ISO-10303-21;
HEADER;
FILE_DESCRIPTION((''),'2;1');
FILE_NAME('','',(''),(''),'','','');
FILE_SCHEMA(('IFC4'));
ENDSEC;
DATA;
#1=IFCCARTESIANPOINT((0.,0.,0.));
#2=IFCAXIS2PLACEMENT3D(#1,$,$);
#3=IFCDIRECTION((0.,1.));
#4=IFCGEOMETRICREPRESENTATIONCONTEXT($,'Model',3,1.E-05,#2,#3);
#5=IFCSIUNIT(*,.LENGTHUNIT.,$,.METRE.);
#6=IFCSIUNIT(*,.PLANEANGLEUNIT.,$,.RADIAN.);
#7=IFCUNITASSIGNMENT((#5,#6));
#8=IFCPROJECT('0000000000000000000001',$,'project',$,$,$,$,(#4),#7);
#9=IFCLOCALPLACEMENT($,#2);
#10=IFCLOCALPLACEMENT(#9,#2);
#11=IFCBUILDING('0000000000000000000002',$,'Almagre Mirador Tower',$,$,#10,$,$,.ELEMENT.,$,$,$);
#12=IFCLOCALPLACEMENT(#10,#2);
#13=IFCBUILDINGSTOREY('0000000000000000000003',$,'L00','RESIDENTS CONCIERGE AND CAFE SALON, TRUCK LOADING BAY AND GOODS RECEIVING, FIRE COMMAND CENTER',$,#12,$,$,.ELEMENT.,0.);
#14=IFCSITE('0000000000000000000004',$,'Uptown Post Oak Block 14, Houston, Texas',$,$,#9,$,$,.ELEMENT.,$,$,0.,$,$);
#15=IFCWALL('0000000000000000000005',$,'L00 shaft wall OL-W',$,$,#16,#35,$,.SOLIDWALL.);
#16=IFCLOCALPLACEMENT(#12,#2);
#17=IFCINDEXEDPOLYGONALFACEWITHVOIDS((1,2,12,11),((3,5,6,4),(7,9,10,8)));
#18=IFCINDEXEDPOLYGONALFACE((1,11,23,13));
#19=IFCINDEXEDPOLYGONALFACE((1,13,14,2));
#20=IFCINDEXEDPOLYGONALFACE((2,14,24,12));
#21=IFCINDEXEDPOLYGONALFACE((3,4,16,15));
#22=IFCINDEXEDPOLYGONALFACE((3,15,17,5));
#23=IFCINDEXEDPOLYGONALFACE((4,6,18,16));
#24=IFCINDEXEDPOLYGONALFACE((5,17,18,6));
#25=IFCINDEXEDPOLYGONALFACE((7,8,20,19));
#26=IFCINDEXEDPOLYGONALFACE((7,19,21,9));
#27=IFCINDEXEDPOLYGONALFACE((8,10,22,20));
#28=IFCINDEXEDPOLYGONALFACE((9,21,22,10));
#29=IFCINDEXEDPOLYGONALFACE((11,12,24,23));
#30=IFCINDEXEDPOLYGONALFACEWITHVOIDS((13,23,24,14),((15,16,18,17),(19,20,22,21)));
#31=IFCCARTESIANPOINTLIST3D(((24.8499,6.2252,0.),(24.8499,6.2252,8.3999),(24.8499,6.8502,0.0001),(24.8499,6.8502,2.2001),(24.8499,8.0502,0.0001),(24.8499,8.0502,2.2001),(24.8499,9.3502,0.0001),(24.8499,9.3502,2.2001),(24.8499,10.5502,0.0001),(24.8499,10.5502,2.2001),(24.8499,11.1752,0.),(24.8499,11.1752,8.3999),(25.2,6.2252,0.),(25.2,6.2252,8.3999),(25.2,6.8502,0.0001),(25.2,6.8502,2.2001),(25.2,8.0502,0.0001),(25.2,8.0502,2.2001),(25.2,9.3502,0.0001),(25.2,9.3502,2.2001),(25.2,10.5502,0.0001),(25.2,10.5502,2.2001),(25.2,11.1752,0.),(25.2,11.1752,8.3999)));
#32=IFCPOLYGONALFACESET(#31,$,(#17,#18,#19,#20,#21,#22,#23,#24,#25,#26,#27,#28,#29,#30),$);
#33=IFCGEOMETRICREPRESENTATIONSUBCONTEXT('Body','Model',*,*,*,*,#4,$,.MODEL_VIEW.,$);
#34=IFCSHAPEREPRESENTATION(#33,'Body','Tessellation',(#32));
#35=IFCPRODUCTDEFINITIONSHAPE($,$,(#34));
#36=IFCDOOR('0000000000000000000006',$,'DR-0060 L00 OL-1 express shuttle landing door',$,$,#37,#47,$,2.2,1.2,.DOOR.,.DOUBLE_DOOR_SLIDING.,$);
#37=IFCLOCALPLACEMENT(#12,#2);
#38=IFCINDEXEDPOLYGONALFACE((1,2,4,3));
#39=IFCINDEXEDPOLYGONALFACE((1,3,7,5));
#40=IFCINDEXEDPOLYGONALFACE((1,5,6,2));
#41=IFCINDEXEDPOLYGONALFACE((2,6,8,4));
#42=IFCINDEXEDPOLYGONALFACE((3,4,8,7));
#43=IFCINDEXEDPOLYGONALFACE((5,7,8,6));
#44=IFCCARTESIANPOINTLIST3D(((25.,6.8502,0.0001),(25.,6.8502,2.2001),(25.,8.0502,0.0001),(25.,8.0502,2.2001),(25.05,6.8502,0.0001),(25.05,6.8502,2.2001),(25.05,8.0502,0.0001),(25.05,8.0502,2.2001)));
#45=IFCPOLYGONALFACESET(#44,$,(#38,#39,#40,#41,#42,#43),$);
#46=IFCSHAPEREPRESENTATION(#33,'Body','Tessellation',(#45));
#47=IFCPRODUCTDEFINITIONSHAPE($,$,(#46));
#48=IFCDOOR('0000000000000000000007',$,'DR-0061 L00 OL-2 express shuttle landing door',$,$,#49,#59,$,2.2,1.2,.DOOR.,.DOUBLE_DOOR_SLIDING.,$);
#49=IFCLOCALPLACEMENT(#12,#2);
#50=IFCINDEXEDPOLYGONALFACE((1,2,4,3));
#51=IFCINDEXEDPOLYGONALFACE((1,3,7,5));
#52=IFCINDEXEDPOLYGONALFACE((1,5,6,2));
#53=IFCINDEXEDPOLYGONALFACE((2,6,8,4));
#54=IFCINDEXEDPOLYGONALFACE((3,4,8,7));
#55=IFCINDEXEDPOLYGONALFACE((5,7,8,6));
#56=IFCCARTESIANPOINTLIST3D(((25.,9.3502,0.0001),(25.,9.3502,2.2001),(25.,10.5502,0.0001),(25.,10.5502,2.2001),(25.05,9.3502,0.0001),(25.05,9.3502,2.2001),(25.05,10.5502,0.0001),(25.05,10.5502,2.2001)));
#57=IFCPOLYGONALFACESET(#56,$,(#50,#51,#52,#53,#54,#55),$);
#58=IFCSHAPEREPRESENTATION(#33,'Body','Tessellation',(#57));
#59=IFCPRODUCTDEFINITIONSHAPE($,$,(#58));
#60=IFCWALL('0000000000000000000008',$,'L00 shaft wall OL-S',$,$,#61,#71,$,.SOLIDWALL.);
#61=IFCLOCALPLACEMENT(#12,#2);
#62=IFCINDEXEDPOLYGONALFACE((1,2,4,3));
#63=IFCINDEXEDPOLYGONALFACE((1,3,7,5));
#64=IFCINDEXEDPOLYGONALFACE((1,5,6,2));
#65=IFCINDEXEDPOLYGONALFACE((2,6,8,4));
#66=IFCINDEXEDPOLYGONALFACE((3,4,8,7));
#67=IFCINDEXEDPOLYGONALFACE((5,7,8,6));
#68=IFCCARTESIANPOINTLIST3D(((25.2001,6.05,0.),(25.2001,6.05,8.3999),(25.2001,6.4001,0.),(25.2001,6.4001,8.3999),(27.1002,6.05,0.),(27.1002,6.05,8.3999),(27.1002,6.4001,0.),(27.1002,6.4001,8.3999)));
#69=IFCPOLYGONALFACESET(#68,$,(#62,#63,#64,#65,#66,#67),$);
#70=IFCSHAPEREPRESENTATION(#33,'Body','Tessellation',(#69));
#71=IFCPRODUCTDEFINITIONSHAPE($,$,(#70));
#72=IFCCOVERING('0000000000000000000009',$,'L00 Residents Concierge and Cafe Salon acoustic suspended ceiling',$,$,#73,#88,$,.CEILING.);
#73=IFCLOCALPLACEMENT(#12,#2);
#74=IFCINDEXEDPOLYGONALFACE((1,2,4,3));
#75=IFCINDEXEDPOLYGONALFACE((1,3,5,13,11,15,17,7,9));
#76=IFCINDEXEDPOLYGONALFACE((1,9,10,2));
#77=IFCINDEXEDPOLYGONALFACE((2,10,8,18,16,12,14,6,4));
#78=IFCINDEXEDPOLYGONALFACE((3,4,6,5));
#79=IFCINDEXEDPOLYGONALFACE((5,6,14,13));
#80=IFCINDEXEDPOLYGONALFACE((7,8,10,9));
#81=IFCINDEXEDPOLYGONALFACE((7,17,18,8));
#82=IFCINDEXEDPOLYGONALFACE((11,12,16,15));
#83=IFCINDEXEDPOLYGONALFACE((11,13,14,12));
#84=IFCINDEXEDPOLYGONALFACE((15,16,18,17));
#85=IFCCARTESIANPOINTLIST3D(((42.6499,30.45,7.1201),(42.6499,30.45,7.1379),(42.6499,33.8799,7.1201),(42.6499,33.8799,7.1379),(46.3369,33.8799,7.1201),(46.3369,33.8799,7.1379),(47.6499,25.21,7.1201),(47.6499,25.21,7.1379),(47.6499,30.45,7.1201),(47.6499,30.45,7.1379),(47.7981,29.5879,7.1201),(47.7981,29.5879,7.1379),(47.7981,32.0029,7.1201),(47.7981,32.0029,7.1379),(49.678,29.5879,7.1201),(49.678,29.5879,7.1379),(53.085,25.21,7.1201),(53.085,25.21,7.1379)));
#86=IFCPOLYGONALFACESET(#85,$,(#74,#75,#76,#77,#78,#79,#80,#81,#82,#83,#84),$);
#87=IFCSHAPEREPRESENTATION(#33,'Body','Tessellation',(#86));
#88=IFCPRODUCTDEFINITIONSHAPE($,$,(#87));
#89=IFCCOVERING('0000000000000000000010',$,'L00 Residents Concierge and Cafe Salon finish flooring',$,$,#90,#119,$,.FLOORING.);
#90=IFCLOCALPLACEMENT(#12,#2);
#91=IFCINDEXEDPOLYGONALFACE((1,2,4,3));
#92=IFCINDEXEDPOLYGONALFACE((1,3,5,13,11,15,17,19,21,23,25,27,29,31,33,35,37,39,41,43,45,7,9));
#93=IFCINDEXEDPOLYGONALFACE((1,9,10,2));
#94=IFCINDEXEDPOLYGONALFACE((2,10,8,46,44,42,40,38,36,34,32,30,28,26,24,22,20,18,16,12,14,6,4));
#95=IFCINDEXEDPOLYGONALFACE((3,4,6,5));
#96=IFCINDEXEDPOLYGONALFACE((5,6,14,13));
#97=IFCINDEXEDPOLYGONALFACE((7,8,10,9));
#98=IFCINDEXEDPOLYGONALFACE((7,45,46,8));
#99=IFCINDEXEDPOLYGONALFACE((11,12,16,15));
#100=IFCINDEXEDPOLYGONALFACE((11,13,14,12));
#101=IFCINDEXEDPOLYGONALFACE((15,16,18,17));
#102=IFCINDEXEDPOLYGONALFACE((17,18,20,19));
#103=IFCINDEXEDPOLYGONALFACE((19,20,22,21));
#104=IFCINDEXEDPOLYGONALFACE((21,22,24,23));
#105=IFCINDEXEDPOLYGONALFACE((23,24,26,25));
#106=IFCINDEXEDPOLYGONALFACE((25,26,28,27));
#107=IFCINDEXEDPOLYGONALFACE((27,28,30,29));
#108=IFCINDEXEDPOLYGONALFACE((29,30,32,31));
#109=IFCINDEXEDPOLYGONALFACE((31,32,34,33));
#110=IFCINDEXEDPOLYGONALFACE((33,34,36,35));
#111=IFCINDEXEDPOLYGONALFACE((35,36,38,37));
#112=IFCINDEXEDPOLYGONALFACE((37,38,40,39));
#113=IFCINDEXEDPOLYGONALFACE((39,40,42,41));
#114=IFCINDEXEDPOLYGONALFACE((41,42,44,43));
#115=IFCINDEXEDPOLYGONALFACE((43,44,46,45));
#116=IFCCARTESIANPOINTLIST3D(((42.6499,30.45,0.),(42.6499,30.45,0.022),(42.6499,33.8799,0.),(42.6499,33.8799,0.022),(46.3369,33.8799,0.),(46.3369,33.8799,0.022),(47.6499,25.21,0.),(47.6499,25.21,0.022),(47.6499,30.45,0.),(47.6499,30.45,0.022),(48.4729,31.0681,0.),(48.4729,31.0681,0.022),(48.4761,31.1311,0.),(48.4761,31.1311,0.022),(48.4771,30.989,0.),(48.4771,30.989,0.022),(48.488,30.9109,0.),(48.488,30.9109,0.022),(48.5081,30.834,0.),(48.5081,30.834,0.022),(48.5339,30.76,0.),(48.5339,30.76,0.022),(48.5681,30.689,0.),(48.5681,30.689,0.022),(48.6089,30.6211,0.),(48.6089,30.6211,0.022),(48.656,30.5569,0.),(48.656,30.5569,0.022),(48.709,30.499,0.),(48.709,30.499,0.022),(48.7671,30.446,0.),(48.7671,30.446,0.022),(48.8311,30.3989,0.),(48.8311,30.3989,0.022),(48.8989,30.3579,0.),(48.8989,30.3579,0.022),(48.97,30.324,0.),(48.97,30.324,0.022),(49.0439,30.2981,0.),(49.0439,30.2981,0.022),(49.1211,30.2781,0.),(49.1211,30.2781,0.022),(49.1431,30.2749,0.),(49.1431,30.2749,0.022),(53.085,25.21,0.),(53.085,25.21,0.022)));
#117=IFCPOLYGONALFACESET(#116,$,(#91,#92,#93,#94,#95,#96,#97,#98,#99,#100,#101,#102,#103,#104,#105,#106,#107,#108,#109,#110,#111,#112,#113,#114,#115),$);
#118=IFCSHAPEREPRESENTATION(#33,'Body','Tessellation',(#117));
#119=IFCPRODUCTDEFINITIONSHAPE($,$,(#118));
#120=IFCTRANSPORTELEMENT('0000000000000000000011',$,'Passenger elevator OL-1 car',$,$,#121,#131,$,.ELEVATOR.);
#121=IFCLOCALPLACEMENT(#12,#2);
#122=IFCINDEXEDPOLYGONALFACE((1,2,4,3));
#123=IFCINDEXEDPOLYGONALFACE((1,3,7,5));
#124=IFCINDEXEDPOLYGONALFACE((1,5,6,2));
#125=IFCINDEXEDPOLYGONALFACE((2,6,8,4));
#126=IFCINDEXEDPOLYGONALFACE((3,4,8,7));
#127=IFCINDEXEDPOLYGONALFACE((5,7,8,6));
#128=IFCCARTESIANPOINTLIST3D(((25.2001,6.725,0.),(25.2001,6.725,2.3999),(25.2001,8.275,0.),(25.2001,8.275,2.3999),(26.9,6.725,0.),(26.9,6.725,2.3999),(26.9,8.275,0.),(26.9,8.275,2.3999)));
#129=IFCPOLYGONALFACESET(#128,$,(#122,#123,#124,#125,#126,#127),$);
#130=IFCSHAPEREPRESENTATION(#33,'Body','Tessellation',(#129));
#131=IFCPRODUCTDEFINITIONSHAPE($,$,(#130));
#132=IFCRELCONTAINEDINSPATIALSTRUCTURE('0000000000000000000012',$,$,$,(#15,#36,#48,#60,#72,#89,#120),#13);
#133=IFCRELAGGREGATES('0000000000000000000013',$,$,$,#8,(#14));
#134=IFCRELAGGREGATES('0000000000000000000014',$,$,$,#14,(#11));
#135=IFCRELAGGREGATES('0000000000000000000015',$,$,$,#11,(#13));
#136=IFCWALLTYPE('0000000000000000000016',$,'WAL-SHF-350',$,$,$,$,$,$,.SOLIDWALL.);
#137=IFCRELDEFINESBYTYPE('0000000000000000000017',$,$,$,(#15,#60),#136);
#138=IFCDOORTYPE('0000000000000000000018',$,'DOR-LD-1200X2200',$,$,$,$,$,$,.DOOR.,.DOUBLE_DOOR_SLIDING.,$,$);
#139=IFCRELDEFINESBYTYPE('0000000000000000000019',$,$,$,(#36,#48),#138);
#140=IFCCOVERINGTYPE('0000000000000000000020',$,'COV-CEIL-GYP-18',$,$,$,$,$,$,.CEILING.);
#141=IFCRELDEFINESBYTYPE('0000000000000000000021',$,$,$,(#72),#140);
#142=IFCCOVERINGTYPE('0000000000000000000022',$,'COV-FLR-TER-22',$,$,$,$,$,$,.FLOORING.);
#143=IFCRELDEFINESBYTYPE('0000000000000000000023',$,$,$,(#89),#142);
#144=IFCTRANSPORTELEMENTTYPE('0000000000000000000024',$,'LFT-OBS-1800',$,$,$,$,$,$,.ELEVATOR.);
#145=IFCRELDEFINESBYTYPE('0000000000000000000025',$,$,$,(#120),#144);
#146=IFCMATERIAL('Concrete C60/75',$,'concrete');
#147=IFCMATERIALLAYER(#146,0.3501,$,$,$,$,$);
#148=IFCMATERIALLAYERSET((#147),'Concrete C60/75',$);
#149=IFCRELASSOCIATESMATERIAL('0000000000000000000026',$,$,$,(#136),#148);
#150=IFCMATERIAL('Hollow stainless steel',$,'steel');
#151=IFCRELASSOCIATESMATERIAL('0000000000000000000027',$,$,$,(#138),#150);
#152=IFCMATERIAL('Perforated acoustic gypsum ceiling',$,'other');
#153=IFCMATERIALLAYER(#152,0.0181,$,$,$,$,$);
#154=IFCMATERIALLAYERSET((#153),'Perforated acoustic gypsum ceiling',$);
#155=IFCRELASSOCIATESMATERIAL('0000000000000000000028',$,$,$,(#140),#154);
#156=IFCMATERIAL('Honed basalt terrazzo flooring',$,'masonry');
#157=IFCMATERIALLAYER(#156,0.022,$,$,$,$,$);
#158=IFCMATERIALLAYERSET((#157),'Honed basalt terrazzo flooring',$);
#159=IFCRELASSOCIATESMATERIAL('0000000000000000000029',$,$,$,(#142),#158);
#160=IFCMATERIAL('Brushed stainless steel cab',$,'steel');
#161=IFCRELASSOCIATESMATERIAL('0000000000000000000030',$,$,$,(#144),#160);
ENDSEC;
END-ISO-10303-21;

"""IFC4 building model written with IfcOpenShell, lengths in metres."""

from ifc_helpers import new_model, si_unit, direction, frame, frame_2d, origin, origin_2d, place, context, subcontext, project, spatial, polyline, rectangle, outline, extrude, material, layer, layer_set, type_object, element, fill, save


model = new_model("IFC4")

# Units and contexts
model_context = context("Model", 3, precision=1e-05, world=origin(), true_north=direction((0.0, 1.0)))
body_context = subcontext(model_context, "Body", "Model", "MODEL_VIEW")
ifc_project = project(units=[si_unit("LENGTHUNIT", "METRE"), si_unit("PLANEANGLEUNIT", "RADIAN")], contexts=[model_context])

# Site, building, storey
site_placement = place(None, origin())
site = spatial("IfcSite", under=ifc_project, at=site_placement, Name="Uptown Post Oak Block 14, Houston, Texas", CompositionType="ELEMENT", RefElevation=0.0)
building_placement = place(site_placement, origin())
building = spatial("IfcBuilding", under=site, at=building_placement, Name="Almagre Mirador Tower", CompositionType="ELEMENT")
storey_placement = place(building_placement, origin())
storey = spatial("IfcBuildingStorey", under=building, at=storey_placement, Name="L00", Description="RESIDENTS CONCIERGE AND CAFE SALON, TRUCK LOADING BAY AND GOODS RECEIVING, FIRE COMMAND CENTER", CompositionType="ELEMENT", Elevation=0.0)

# Wall, openings, doors
ifc_material_1 = material(Name="Concrete C60/75", Category="concrete")
ifc_layer_1 = layer(ifc_material_1, 0.3501)
ifc_layer_set_1 = layer_set([ifc_layer_1], Name="Concrete C60/75")
wall_type_1 = type_object("IfcWallType", Name="WAL-SHF-350", PredefinedType="SOLIDWALL", material=ifc_layer_set_1)
wall_1_placement = place(storey_placement, frame((25.0249, 6.2251, 0.0), z_axis=(0.0, 0.0, 1.0), x_axis=(0.0, 1.0, 0.0)))
wall_1 = element("IfcWall", 1, at=wall_1_placement, inside=storey, type_object=wall_type_1, Name="L00 shaft wall OL-W", PredefinedType="SOLIDWALL", context=body_context, shape_type="SweptSolid", body=[
    extrude(rectangle(XDim=4.95, YDim=0.3501, at=frame_2d((2.4751, 0.0))), origin(), (0.0, 0.0, 1.0), 8.3999),
])
opening_1_placement = place(wall_1_placement, frame((0.625, 0.0, 0.0)))
opening_1 = element("IfcOpeningElement", 2, at=opening_1_placement, cuts=wall_1, PredefinedType="OPENING", context=body_context, shape_type="SweptSolid", body=[
    extrude(rectangle(XDim=1.2, YDim=2.2, at=frame_2d((0.6001, 1.1001))), frame((0.0, 0.185, 0.0), z_axis=(0.0, -1.0, 0.0), x_axis=(1.0, 0.0, 0.0)), (0.0, 0.0, 1.0), 0.3701),
])
opening_2_placement = place(wall_1_placement, frame((3.125, 0.0, 0.0)))
opening_2 = element("IfcOpeningElement", 3, at=opening_2_placement, cuts=wall_1, PredefinedType="OPENING", context=body_context, shape_type="SweptSolid", body=[
    extrude(rectangle(XDim=1.2, YDim=2.2, at=frame_2d((0.6001, 1.1001))), frame((0.0, 0.185, 0.0), z_axis=(0.0, -1.0, 0.0), x_axis=(1.0, 0.0, 0.0)), (0.0, 0.0, 1.0), 0.3701),
])
ifc_material_2 = material(Name="Hollow stainless steel", Category="steel")
door_type_1 = type_object("IfcDoorType", Name="DOR-LD-1200X2200", OperationType="DOUBLE_DOOR_SLIDING", PredefinedType="DOOR", material=ifc_material_2)
door_1_placement = place(opening_1_placement, origin())
door_1 = element("IfcDoor", 4, at=door_1_placement, inside=storey, type_object=door_type_1, Name="DR-0060 L00 OL-1 express shuttle landing door", OperationType="DOUBLE_DOOR_SLIDING", OverallHeight=2.2, OverallWidth=1.2, PredefinedType="DOOR", context=body_context, shape_type="SweptSolid", body=[
    extrude(rectangle(XDim=1.2, YDim=2.2, at=frame_2d((0.6001, 1.1001))), frame((0.0, 0.0249, 0.0), z_axis=(0.0, -1.0, 0.0), x_axis=(1.0, 0.0, 0.0)), (0.0, 0.0, 1.0), 0.05),
])
fill(opening_1, door_1)
door_2_placement = place(opening_2_placement, origin())
door_2 = element("IfcDoor", 5, at=door_2_placement, inside=storey, type_object=door_type_1, Name="DR-0061 L00 OL-2 express shuttle landing door", OperationType="DOUBLE_DOOR_SLIDING", OverallHeight=2.2, OverallWidth=1.2, PredefinedType="DOOR", context=body_context, shape_type="SweptSolid", body=[
    extrude(rectangle(XDim=1.2, YDim=2.2, at=frame_2d((0.6001, 1.1001))), frame((0.0, 0.0249, 0.0), z_axis=(0.0, -1.0, 0.0), x_axis=(1.0, 0.0, 0.0)), (0.0, 0.0, 1.0), 0.05),
])
fill(opening_2, door_2)

# Wall
wall_2_placement = place(storey_placement, frame((25.2, 6.2251, 0.0), z_axis=(0.0, 0.0, 1.0), x_axis=(1.0, 0.0, 0.0)))
element("IfcWall", 6, at=wall_2_placement, inside=storey, type_object=wall_type_1, Name="L00 shaft wall OL-S", PredefinedType="SOLIDWALL", context=body_context, shape_type="SweptSolid", body=[
    extrude(rectangle(XDim=1.9001, YDim=0.3501, at=frame_2d((0.9502, 0.0))), origin(), (0.0, 0.0, 1.0), 8.3999),
])

# Coverings
ifc_material_3 = material(Name="Perforated acoustic gypsum ceiling", Category="other")
ifc_layer_2 = layer(ifc_material_3, 0.0181)
ifc_layer_set_2 = layer_set([ifc_layer_2], Name="Perforated acoustic gypsum ceiling")
covering_type_1 = type_object("IfcCoveringType", Name="COV-CEIL-GYP-18", PredefinedType="CEILING", material=ifc_layer_set_2)
covering_1_placement = place(storey_placement, frame((0.0, 0.0, 7.1201)))
element("IfcCovering", 7, at=covering_1_placement, inside=storey, type_object=covering_type_1, Name="L00 Residents Concierge and Cafe Salon acoustic suspended ceiling", PredefinedType="CEILING", context=body_context, shape_type="SweptSolid", body=[
    extrude(outline(polyline([(53.085, 25.21), (47.6499, 25.21), (47.6499, 30.45), (42.6499, 30.45), (42.6499, 33.8799), (46.3369, 33.8799), (47.7981, 32.0029), (47.7981, 29.5879), (49.678, 29.5879), (53.085, 25.21)])), origin(), (0.0, 0.0, 1.0), 0.0178),
])
ifc_material_4 = material(Name="Honed basalt terrazzo flooring", Category="masonry")
ifc_layer_3 = layer(ifc_material_4, 0.022)
ifc_layer_set_3 = layer_set([ifc_layer_3], Name="Honed basalt terrazzo flooring")
covering_type_2 = type_object("IfcCoveringType", Name="COV-FLR-TER-22", PredefinedType="FLOORING", material=ifc_layer_set_3)
covering_2_placement = place(storey_placement, origin())
element("IfcCovering", 8, at=covering_2_placement, inside=storey, type_object=covering_type_2, Name="L00 Residents Concierge and Cafe Salon finish flooring", PredefinedType="FLOORING", context=body_context, shape_type="SweptSolid", body=[
    extrude(outline(polyline([(48.4761, 31.1311), (48.4729, 31.0681), (48.4771, 30.989), (48.488, 30.9109), (48.5081, 30.834), (48.5339, 30.76), (48.5681, 30.689), (48.6089, 30.6211), (48.656, 30.5569), (48.709, 30.499), (48.7671, 30.446), (48.8311, 30.3989), (48.8989, 30.3579), (48.97, 30.324), (49.0439, 30.2981), (49.1211, 30.2781), (49.1431, 30.2749), (53.085, 25.21), (47.6499, 25.21), (47.6499, 30.45), (42.6499, 30.45), (42.6499, 33.8799), (46.3369, 33.8799), (48.4761, 31.1311)])), origin(), (0.0, 0.0, 1.0), 0.022),
])

# Transport element
ifc_material_5 = material(Name="Brushed stainless steel cab", Category="steel")
transport_element_type = type_object("IfcTransportElementType", Name="LFT-OBS-1800", PredefinedType="ELEVATOR", material=ifc_material_5)
transport_element_placement = place(storey_placement, frame((26.05, 7.5, 0.0), z_axis=(0.0, 0.0, 1.0), x_axis=(1.0, 0.0, 0.0)))
element("IfcTransportElement", 9, at=transport_element_placement, inside=storey, type_object=transport_element_type, Name="Passenger elevator OL-1 car", PredefinedType="ELEVATOR", context=body_context, shape_type="SweptSolid", body=[
    extrude(rectangle(XDim=1.7, YDim=1.55, at=origin_2d()), origin(), (0.0, 0.0, 1.0), 2.3999),
])

save(model, "model.ifc")
